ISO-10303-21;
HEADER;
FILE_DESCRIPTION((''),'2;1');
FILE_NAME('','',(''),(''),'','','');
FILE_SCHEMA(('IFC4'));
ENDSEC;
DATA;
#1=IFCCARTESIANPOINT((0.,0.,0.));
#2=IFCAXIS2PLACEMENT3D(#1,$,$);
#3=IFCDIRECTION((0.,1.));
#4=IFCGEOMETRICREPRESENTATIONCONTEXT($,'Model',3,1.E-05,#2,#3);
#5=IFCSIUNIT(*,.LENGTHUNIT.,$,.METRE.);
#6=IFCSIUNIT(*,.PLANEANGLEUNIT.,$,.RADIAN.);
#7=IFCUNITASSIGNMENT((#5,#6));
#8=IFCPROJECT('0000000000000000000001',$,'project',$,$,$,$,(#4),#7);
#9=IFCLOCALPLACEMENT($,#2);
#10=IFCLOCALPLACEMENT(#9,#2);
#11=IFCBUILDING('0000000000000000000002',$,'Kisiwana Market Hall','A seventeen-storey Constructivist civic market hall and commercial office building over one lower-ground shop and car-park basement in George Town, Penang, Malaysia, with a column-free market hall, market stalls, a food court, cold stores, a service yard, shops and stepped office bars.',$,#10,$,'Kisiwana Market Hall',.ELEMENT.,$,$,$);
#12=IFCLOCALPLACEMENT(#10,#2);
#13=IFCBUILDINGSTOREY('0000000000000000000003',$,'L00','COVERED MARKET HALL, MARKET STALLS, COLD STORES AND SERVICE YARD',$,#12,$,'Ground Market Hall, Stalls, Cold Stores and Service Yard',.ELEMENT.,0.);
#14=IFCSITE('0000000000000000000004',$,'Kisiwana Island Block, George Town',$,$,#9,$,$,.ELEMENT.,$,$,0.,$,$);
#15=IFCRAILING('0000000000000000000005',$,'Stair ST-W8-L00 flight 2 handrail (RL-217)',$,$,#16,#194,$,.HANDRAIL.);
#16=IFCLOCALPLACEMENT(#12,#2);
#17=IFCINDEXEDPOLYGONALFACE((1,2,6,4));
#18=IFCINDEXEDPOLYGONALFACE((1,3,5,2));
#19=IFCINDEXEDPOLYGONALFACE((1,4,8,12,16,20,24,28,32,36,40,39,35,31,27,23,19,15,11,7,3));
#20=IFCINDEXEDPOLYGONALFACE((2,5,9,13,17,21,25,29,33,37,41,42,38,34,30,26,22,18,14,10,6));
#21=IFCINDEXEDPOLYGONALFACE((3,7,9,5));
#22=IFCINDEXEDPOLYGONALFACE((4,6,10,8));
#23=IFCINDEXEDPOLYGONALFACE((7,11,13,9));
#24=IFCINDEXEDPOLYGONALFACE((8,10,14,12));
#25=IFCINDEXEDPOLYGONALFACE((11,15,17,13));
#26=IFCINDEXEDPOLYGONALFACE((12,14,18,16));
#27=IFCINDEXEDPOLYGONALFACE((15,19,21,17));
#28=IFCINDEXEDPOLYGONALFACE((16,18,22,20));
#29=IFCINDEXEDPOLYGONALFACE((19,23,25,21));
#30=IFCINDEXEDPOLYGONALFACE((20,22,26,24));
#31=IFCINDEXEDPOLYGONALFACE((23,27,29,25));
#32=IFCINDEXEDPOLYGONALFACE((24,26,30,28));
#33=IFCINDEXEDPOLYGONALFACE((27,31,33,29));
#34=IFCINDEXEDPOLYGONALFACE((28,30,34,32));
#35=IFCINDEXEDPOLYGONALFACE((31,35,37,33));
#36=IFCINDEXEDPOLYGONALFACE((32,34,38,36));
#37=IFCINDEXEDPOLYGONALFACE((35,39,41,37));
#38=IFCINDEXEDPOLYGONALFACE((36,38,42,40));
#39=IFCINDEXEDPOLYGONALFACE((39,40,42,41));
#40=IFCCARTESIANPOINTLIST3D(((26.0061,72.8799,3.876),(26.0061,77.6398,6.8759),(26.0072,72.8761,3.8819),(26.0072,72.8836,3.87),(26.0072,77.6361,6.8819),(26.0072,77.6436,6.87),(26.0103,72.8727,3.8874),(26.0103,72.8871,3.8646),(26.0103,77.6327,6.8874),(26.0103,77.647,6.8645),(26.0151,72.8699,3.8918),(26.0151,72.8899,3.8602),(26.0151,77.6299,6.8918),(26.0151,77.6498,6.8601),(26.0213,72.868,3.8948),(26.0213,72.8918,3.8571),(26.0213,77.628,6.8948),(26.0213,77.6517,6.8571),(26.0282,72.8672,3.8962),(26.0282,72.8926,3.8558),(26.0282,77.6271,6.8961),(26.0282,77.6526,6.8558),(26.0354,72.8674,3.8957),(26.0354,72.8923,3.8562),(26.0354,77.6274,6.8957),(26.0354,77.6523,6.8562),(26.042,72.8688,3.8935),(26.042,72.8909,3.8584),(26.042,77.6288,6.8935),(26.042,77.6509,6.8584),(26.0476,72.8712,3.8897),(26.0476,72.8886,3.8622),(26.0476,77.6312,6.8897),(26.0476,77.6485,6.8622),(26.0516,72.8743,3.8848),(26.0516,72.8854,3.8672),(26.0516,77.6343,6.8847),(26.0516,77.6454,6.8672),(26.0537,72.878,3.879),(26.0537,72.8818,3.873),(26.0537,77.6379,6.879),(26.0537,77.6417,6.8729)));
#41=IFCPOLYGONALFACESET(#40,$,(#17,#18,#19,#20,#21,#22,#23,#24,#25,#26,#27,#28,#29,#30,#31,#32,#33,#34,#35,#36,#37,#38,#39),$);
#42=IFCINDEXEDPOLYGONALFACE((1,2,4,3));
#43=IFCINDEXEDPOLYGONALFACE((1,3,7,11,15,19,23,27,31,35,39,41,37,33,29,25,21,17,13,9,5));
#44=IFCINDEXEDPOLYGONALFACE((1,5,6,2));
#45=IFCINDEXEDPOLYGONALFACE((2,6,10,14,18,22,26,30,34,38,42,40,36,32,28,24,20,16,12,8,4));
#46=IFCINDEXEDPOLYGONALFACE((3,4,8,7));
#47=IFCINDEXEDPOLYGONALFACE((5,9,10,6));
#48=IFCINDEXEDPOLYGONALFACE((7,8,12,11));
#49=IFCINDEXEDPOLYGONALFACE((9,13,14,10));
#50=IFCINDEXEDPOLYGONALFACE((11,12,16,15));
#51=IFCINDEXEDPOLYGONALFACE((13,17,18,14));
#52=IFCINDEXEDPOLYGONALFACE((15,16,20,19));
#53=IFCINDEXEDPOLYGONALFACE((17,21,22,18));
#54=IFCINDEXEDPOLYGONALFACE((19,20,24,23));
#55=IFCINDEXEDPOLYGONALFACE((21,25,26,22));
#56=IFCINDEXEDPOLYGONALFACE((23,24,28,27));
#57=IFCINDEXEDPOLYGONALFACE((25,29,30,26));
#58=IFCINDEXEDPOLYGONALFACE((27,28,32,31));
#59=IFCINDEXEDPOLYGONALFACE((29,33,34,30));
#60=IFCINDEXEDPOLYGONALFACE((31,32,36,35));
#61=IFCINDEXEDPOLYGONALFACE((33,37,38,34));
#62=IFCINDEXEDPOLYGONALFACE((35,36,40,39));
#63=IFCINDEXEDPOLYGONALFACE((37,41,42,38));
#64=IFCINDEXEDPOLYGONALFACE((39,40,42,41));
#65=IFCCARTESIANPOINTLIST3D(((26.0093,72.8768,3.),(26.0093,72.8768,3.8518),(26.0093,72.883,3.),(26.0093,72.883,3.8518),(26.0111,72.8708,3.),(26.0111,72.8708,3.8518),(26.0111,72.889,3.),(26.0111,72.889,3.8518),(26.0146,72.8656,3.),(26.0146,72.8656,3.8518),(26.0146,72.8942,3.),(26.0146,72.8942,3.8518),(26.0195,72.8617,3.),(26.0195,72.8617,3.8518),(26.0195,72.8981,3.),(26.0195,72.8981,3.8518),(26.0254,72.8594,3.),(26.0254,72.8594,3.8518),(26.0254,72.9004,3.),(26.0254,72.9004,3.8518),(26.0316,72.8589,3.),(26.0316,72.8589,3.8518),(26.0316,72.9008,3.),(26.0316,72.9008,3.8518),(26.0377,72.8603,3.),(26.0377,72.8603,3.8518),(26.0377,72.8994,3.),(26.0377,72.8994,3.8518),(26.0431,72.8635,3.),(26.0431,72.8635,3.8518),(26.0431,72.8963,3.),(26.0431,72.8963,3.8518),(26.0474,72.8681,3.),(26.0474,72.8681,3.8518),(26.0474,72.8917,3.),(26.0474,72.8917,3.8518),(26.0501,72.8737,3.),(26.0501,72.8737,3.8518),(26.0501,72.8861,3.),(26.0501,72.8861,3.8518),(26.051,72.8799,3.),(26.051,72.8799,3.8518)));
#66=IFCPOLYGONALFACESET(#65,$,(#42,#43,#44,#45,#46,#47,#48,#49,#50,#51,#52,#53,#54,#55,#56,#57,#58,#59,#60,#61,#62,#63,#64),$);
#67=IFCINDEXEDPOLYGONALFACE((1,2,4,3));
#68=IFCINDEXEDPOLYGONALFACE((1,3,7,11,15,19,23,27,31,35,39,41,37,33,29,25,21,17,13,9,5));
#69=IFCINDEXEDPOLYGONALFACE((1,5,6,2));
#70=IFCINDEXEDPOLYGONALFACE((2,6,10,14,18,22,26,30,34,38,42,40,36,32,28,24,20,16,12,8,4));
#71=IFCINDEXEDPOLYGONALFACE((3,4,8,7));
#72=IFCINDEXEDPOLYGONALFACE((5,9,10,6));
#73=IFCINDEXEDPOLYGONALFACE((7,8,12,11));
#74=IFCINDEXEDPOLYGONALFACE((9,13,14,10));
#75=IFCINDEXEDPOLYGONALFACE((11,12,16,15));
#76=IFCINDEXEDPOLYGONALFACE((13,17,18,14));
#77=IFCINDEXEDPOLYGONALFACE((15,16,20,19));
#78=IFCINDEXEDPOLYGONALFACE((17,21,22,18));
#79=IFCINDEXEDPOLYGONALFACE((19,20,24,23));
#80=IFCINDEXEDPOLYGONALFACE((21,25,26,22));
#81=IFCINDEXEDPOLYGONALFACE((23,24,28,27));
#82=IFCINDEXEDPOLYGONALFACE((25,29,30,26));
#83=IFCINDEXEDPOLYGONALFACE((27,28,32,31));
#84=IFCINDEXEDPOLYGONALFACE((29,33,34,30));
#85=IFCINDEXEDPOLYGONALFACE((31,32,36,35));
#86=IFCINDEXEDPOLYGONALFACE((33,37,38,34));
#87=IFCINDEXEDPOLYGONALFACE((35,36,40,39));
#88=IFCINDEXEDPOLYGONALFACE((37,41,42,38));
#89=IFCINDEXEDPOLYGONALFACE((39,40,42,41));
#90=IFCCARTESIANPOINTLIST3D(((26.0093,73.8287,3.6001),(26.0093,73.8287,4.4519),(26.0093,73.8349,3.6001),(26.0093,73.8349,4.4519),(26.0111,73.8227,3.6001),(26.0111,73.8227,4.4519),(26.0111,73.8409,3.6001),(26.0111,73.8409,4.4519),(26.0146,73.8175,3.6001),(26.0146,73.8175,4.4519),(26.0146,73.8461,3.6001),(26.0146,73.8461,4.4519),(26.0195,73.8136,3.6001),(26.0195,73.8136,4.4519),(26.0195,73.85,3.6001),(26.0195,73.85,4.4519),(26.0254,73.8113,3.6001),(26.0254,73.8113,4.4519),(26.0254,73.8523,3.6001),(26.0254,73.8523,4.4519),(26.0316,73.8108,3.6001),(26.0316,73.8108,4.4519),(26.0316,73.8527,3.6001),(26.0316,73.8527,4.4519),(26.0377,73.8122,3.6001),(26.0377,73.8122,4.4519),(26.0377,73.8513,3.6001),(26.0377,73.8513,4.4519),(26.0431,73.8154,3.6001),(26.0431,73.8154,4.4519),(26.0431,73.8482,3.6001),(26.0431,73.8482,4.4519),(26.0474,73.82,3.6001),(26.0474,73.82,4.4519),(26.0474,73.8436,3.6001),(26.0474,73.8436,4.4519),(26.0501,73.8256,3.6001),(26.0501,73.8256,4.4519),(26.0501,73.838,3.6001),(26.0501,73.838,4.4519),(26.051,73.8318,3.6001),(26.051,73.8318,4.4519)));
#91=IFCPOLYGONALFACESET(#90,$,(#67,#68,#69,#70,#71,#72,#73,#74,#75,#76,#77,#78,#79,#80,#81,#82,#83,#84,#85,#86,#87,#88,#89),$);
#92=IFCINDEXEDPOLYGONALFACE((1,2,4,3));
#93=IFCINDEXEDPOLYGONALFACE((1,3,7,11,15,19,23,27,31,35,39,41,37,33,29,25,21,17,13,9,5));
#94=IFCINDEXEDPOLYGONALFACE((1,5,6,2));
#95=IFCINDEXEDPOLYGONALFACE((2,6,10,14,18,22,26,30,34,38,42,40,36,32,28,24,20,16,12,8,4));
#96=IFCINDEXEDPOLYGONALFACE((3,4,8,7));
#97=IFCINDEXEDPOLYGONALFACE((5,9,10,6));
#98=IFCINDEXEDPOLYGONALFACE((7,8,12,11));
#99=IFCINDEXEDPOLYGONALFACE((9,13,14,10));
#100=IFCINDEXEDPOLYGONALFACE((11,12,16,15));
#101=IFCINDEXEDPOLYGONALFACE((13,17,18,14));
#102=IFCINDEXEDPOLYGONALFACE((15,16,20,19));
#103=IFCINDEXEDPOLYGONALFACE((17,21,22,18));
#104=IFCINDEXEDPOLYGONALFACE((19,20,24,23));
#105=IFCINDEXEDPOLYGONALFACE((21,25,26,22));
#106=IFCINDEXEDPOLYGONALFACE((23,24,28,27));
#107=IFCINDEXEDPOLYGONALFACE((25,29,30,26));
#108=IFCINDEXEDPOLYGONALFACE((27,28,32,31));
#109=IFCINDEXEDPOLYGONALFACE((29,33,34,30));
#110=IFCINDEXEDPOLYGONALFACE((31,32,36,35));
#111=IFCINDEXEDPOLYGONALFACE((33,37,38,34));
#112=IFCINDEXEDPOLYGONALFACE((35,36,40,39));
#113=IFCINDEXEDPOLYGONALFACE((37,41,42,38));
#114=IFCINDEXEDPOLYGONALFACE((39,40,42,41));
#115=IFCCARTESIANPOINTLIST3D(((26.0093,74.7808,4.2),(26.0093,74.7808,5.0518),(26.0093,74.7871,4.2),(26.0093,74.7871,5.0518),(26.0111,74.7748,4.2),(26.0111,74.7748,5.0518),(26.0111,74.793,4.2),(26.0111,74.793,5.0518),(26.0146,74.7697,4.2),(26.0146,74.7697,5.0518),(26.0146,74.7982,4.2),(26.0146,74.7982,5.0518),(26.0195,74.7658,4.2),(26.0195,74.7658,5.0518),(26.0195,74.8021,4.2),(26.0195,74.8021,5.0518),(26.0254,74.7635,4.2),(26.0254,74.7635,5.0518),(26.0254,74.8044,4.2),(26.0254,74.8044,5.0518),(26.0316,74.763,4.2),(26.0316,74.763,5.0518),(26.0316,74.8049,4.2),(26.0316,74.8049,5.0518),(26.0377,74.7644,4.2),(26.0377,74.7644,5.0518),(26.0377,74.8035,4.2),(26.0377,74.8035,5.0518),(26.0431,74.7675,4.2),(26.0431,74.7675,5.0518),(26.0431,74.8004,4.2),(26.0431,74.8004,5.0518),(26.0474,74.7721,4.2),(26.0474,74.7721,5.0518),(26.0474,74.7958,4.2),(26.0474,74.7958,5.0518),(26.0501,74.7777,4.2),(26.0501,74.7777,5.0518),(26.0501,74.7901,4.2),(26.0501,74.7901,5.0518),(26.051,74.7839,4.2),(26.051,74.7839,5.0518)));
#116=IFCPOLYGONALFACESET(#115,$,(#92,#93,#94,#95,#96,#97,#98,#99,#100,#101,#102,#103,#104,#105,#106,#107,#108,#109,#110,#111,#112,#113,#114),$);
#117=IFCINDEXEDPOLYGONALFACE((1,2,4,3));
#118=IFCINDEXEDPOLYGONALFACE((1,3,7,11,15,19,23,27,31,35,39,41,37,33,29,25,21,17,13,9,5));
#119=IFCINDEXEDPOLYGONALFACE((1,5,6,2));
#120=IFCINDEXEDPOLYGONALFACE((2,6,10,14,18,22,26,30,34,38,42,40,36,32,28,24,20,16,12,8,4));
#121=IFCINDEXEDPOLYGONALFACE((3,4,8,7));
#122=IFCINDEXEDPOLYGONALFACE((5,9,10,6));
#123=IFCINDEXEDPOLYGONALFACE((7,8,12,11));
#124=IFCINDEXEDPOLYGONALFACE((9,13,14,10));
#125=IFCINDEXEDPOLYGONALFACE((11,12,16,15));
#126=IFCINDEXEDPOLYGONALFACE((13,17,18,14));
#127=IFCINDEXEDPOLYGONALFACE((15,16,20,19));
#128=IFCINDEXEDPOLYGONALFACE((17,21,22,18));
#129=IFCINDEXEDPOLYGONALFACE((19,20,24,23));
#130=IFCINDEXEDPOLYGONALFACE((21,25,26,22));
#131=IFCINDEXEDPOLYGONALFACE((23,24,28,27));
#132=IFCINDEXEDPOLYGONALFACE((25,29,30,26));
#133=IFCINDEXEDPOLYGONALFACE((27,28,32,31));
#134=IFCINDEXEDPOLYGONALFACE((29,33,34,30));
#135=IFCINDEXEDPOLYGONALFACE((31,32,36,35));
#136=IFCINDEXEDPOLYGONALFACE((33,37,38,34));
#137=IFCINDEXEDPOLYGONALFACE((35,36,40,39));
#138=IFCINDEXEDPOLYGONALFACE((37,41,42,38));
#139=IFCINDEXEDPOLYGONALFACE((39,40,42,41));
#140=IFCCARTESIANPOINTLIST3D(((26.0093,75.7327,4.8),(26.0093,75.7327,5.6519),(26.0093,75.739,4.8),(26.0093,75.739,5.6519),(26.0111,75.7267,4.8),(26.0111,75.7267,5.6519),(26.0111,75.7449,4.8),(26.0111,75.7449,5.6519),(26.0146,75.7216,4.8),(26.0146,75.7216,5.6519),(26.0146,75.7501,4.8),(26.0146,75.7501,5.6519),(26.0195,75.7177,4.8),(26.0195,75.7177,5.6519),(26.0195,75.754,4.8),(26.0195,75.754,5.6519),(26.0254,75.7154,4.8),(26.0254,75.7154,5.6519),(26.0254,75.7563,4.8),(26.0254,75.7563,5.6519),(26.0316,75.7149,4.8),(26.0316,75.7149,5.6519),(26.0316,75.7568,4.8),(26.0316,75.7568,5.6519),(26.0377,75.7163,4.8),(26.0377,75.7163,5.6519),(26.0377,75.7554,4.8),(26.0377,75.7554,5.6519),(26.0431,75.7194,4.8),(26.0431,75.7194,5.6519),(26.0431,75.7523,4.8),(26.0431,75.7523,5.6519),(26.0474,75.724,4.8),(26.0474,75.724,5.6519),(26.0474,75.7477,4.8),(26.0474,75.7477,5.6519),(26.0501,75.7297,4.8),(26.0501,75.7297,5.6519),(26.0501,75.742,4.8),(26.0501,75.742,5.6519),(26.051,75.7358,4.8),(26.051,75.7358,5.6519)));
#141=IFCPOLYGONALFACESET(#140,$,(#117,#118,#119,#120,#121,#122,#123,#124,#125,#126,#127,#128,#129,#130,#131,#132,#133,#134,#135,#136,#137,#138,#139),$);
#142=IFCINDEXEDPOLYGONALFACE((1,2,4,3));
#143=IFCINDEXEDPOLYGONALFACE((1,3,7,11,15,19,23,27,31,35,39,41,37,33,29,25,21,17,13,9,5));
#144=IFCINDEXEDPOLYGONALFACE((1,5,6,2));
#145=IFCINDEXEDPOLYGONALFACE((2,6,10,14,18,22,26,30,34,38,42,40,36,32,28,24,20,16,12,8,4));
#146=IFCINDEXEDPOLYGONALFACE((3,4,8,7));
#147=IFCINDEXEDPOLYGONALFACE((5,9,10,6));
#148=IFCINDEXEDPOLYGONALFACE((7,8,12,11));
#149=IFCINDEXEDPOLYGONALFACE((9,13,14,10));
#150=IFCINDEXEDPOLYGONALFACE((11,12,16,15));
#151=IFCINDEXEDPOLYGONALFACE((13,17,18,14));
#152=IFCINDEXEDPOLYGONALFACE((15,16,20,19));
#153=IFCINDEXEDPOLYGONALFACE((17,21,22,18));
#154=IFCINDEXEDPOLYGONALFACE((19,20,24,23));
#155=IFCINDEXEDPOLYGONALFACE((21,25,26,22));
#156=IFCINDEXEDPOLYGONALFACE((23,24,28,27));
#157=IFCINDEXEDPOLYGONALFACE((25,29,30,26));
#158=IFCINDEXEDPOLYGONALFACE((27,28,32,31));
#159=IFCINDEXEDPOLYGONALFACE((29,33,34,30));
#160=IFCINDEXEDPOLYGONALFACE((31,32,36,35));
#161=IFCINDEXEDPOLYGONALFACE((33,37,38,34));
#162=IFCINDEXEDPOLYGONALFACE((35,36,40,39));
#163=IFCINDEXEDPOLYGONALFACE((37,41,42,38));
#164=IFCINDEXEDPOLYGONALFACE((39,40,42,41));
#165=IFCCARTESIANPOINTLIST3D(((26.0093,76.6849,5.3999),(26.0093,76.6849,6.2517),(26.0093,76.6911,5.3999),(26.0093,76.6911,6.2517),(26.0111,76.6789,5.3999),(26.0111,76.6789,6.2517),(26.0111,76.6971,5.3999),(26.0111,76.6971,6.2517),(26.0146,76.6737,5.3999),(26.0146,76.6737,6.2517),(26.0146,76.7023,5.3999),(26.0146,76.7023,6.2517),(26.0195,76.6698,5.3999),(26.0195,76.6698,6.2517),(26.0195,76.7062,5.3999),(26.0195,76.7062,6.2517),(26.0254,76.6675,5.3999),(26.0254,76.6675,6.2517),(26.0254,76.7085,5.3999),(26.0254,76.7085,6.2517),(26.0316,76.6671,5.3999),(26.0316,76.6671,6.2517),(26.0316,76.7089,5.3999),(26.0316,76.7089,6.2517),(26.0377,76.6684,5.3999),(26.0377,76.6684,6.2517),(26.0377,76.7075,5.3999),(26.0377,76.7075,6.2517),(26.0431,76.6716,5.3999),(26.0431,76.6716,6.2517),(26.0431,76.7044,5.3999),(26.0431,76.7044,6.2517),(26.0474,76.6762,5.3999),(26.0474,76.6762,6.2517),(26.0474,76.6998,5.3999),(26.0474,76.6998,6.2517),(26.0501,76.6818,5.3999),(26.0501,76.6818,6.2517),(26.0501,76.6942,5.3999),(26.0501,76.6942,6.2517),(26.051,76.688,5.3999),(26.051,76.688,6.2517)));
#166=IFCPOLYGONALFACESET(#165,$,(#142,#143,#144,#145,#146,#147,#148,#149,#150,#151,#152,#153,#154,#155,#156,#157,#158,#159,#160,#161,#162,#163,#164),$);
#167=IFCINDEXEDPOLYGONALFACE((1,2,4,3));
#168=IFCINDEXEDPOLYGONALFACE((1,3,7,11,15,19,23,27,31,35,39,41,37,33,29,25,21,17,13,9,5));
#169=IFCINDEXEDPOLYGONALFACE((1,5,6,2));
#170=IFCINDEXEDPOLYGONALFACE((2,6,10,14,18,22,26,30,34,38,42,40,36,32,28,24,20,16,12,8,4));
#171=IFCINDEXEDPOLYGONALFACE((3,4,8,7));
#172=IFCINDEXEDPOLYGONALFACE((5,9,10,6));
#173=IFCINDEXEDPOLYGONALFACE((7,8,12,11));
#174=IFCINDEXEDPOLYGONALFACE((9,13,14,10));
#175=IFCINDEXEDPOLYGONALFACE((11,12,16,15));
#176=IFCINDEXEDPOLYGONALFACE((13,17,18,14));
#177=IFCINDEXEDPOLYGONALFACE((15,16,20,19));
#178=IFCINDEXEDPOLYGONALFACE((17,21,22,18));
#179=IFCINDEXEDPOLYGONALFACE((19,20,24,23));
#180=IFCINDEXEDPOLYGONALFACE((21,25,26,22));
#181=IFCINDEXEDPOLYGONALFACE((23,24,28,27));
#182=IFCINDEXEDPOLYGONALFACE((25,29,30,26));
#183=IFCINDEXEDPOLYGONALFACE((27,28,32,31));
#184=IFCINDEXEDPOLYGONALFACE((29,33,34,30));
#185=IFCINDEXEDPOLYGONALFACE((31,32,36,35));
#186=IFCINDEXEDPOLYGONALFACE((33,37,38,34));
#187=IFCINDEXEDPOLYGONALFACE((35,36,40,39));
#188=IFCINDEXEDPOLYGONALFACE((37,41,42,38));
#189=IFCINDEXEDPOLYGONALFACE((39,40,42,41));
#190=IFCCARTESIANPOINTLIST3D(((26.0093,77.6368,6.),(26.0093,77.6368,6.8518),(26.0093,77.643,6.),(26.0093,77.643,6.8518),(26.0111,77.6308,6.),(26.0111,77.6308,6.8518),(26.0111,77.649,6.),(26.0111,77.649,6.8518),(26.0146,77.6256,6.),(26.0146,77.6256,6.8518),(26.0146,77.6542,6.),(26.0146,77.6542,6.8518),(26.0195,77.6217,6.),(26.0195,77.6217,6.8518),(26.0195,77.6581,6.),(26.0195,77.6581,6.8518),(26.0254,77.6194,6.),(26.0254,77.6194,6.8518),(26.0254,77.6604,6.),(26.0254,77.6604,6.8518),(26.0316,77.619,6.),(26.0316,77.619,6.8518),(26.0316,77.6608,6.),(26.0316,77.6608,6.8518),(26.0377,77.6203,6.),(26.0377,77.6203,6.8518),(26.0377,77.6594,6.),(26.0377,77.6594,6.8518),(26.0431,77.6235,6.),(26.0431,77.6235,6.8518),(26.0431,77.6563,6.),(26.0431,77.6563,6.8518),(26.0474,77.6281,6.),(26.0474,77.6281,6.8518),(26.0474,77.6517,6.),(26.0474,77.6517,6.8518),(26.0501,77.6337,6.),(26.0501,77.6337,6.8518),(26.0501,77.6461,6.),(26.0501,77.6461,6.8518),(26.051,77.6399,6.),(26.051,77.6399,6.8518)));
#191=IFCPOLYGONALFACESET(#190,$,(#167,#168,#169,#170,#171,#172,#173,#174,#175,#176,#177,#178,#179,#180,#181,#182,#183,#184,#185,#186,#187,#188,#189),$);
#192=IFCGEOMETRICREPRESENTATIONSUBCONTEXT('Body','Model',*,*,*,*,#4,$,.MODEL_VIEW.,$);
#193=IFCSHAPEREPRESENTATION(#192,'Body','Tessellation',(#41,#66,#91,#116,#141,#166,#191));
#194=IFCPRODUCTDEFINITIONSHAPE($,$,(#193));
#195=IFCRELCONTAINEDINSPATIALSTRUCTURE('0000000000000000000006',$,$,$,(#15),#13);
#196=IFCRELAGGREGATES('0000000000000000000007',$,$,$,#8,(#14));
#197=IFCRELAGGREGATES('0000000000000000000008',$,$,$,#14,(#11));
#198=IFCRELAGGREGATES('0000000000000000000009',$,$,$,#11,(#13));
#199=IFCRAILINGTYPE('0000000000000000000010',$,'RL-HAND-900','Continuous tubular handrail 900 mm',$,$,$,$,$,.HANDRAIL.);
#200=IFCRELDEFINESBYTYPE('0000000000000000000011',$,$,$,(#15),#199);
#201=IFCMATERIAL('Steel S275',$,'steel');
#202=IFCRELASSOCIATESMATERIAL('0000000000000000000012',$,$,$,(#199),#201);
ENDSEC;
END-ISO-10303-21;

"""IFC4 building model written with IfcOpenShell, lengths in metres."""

from ifc_helpers import new_model, si_unit, direction, frame, origin, origin_2d, place, context, subcontext, project, spatial, circle, extrude, material, type_object, element, save


model = new_model("IFC4")

# Units and contexts
model_context = context("Model", 3, precision=1e-05, world=origin(), true_north=direction((0.0, 1.0)))
body_context = subcontext(model_context, "Body", "Model", "MODEL_VIEW")
ifc_project = project(units=[si_unit("LENGTHUNIT", "METRE"), si_unit("PLANEANGLEUNIT", "RADIAN")], contexts=[model_context])

# Site, building, storey
site_placement = place(None, origin())
site = spatial("IfcSite", under=ifc_project, at=site_placement, Name="Kisiwana Island Block, George Town", CompositionType="ELEMENT", RefElevation=0.0)
building_placement = place(site_placement, origin())
building = spatial("IfcBuilding", under=site, at=building_placement, Name="Kisiwana Market Hall", Description="A seventeen-storey Constructivist civic market hall and commercial office building over one lower-ground shop and car-park basement in George Town, Penang, Malaysia, with a column-free market hall, market stalls, a food court, cold stores, a service yard, shops and stepped office bars.", LongName="Kisiwana Market Hall", CompositionType="ELEMENT")
storey_placement = place(building_placement, origin())
storey = spatial("IfcBuildingStorey", under=building, at=storey_placement, Name="L00", Description="COVERED MARKET HALL, MARKET STALLS, COLD STORES AND SERVICE YARD", LongName="Ground Market Hall, Stalls, Cold Stores and Service Yard", CompositionType="ELEMENT", Elevation=0.0)

# Railing
ifc_material_1 = material(Name="Steel S275", Category="steel")
railing_type = type_object("IfcRailingType", Name="RL-HAND-900", Description="Continuous tubular handrail 900 mm", PredefinedType="HANDRAIL", material=ifc_material_1)
for number, where, name in (
    (1, (26.03, 72.8799, 3.0), "Stair ST-W8-L00 flight 2 handrail (RL-217)"),
):
    element("IfcRailing", number, at=place(storey_placement, frame(where)), inside=storey, type_object=railing_type, Name=name, PredefinedType="HANDRAIL", context=body_context, shape_type="SweptSolid", body=[
        extrude(circle(Radius=0.0239, at=origin_2d()), frame((0.0, 0.0, 0.876), z_axis=(0.0, 0.845996, 0.53319), x_axis=(-1.0, 0.0, 0.0)), (0.0, 0.0, 1.0), 5.6265),
        extrude(circle(Radius=0.021, at=origin_2d()), origin(), (0.0, 0.0, 1.0), 0.8518),
        extrude(circle(Radius=0.021, at=origin_2d()), frame((0.0, 0.9519, 0.6001)), (0.0, 0.0, 1.0), 0.8518),
        extrude(circle(Radius=0.021, at=origin_2d()), frame((0.0, 1.9041, 1.2)), (0.0, 0.0, 1.0), 0.8518),
        extrude(circle(Radius=0.021, at=origin_2d()), frame((0.0, 2.856, 1.8)), (0.0, 0.0, 1.0), 0.8518),
        extrude(circle(Radius=0.021, at=origin_2d()), frame((0.0, 3.8081, 2.3999)), (0.0, 0.0, 1.0), 0.8518),
        extrude(circle(Radius=0.021, at=origin_2d()), frame((0.0, 4.76, 3.0)), (0.0, 0.0, 1.0), 0.8518),
    ])

save(model, "model.ifc")
